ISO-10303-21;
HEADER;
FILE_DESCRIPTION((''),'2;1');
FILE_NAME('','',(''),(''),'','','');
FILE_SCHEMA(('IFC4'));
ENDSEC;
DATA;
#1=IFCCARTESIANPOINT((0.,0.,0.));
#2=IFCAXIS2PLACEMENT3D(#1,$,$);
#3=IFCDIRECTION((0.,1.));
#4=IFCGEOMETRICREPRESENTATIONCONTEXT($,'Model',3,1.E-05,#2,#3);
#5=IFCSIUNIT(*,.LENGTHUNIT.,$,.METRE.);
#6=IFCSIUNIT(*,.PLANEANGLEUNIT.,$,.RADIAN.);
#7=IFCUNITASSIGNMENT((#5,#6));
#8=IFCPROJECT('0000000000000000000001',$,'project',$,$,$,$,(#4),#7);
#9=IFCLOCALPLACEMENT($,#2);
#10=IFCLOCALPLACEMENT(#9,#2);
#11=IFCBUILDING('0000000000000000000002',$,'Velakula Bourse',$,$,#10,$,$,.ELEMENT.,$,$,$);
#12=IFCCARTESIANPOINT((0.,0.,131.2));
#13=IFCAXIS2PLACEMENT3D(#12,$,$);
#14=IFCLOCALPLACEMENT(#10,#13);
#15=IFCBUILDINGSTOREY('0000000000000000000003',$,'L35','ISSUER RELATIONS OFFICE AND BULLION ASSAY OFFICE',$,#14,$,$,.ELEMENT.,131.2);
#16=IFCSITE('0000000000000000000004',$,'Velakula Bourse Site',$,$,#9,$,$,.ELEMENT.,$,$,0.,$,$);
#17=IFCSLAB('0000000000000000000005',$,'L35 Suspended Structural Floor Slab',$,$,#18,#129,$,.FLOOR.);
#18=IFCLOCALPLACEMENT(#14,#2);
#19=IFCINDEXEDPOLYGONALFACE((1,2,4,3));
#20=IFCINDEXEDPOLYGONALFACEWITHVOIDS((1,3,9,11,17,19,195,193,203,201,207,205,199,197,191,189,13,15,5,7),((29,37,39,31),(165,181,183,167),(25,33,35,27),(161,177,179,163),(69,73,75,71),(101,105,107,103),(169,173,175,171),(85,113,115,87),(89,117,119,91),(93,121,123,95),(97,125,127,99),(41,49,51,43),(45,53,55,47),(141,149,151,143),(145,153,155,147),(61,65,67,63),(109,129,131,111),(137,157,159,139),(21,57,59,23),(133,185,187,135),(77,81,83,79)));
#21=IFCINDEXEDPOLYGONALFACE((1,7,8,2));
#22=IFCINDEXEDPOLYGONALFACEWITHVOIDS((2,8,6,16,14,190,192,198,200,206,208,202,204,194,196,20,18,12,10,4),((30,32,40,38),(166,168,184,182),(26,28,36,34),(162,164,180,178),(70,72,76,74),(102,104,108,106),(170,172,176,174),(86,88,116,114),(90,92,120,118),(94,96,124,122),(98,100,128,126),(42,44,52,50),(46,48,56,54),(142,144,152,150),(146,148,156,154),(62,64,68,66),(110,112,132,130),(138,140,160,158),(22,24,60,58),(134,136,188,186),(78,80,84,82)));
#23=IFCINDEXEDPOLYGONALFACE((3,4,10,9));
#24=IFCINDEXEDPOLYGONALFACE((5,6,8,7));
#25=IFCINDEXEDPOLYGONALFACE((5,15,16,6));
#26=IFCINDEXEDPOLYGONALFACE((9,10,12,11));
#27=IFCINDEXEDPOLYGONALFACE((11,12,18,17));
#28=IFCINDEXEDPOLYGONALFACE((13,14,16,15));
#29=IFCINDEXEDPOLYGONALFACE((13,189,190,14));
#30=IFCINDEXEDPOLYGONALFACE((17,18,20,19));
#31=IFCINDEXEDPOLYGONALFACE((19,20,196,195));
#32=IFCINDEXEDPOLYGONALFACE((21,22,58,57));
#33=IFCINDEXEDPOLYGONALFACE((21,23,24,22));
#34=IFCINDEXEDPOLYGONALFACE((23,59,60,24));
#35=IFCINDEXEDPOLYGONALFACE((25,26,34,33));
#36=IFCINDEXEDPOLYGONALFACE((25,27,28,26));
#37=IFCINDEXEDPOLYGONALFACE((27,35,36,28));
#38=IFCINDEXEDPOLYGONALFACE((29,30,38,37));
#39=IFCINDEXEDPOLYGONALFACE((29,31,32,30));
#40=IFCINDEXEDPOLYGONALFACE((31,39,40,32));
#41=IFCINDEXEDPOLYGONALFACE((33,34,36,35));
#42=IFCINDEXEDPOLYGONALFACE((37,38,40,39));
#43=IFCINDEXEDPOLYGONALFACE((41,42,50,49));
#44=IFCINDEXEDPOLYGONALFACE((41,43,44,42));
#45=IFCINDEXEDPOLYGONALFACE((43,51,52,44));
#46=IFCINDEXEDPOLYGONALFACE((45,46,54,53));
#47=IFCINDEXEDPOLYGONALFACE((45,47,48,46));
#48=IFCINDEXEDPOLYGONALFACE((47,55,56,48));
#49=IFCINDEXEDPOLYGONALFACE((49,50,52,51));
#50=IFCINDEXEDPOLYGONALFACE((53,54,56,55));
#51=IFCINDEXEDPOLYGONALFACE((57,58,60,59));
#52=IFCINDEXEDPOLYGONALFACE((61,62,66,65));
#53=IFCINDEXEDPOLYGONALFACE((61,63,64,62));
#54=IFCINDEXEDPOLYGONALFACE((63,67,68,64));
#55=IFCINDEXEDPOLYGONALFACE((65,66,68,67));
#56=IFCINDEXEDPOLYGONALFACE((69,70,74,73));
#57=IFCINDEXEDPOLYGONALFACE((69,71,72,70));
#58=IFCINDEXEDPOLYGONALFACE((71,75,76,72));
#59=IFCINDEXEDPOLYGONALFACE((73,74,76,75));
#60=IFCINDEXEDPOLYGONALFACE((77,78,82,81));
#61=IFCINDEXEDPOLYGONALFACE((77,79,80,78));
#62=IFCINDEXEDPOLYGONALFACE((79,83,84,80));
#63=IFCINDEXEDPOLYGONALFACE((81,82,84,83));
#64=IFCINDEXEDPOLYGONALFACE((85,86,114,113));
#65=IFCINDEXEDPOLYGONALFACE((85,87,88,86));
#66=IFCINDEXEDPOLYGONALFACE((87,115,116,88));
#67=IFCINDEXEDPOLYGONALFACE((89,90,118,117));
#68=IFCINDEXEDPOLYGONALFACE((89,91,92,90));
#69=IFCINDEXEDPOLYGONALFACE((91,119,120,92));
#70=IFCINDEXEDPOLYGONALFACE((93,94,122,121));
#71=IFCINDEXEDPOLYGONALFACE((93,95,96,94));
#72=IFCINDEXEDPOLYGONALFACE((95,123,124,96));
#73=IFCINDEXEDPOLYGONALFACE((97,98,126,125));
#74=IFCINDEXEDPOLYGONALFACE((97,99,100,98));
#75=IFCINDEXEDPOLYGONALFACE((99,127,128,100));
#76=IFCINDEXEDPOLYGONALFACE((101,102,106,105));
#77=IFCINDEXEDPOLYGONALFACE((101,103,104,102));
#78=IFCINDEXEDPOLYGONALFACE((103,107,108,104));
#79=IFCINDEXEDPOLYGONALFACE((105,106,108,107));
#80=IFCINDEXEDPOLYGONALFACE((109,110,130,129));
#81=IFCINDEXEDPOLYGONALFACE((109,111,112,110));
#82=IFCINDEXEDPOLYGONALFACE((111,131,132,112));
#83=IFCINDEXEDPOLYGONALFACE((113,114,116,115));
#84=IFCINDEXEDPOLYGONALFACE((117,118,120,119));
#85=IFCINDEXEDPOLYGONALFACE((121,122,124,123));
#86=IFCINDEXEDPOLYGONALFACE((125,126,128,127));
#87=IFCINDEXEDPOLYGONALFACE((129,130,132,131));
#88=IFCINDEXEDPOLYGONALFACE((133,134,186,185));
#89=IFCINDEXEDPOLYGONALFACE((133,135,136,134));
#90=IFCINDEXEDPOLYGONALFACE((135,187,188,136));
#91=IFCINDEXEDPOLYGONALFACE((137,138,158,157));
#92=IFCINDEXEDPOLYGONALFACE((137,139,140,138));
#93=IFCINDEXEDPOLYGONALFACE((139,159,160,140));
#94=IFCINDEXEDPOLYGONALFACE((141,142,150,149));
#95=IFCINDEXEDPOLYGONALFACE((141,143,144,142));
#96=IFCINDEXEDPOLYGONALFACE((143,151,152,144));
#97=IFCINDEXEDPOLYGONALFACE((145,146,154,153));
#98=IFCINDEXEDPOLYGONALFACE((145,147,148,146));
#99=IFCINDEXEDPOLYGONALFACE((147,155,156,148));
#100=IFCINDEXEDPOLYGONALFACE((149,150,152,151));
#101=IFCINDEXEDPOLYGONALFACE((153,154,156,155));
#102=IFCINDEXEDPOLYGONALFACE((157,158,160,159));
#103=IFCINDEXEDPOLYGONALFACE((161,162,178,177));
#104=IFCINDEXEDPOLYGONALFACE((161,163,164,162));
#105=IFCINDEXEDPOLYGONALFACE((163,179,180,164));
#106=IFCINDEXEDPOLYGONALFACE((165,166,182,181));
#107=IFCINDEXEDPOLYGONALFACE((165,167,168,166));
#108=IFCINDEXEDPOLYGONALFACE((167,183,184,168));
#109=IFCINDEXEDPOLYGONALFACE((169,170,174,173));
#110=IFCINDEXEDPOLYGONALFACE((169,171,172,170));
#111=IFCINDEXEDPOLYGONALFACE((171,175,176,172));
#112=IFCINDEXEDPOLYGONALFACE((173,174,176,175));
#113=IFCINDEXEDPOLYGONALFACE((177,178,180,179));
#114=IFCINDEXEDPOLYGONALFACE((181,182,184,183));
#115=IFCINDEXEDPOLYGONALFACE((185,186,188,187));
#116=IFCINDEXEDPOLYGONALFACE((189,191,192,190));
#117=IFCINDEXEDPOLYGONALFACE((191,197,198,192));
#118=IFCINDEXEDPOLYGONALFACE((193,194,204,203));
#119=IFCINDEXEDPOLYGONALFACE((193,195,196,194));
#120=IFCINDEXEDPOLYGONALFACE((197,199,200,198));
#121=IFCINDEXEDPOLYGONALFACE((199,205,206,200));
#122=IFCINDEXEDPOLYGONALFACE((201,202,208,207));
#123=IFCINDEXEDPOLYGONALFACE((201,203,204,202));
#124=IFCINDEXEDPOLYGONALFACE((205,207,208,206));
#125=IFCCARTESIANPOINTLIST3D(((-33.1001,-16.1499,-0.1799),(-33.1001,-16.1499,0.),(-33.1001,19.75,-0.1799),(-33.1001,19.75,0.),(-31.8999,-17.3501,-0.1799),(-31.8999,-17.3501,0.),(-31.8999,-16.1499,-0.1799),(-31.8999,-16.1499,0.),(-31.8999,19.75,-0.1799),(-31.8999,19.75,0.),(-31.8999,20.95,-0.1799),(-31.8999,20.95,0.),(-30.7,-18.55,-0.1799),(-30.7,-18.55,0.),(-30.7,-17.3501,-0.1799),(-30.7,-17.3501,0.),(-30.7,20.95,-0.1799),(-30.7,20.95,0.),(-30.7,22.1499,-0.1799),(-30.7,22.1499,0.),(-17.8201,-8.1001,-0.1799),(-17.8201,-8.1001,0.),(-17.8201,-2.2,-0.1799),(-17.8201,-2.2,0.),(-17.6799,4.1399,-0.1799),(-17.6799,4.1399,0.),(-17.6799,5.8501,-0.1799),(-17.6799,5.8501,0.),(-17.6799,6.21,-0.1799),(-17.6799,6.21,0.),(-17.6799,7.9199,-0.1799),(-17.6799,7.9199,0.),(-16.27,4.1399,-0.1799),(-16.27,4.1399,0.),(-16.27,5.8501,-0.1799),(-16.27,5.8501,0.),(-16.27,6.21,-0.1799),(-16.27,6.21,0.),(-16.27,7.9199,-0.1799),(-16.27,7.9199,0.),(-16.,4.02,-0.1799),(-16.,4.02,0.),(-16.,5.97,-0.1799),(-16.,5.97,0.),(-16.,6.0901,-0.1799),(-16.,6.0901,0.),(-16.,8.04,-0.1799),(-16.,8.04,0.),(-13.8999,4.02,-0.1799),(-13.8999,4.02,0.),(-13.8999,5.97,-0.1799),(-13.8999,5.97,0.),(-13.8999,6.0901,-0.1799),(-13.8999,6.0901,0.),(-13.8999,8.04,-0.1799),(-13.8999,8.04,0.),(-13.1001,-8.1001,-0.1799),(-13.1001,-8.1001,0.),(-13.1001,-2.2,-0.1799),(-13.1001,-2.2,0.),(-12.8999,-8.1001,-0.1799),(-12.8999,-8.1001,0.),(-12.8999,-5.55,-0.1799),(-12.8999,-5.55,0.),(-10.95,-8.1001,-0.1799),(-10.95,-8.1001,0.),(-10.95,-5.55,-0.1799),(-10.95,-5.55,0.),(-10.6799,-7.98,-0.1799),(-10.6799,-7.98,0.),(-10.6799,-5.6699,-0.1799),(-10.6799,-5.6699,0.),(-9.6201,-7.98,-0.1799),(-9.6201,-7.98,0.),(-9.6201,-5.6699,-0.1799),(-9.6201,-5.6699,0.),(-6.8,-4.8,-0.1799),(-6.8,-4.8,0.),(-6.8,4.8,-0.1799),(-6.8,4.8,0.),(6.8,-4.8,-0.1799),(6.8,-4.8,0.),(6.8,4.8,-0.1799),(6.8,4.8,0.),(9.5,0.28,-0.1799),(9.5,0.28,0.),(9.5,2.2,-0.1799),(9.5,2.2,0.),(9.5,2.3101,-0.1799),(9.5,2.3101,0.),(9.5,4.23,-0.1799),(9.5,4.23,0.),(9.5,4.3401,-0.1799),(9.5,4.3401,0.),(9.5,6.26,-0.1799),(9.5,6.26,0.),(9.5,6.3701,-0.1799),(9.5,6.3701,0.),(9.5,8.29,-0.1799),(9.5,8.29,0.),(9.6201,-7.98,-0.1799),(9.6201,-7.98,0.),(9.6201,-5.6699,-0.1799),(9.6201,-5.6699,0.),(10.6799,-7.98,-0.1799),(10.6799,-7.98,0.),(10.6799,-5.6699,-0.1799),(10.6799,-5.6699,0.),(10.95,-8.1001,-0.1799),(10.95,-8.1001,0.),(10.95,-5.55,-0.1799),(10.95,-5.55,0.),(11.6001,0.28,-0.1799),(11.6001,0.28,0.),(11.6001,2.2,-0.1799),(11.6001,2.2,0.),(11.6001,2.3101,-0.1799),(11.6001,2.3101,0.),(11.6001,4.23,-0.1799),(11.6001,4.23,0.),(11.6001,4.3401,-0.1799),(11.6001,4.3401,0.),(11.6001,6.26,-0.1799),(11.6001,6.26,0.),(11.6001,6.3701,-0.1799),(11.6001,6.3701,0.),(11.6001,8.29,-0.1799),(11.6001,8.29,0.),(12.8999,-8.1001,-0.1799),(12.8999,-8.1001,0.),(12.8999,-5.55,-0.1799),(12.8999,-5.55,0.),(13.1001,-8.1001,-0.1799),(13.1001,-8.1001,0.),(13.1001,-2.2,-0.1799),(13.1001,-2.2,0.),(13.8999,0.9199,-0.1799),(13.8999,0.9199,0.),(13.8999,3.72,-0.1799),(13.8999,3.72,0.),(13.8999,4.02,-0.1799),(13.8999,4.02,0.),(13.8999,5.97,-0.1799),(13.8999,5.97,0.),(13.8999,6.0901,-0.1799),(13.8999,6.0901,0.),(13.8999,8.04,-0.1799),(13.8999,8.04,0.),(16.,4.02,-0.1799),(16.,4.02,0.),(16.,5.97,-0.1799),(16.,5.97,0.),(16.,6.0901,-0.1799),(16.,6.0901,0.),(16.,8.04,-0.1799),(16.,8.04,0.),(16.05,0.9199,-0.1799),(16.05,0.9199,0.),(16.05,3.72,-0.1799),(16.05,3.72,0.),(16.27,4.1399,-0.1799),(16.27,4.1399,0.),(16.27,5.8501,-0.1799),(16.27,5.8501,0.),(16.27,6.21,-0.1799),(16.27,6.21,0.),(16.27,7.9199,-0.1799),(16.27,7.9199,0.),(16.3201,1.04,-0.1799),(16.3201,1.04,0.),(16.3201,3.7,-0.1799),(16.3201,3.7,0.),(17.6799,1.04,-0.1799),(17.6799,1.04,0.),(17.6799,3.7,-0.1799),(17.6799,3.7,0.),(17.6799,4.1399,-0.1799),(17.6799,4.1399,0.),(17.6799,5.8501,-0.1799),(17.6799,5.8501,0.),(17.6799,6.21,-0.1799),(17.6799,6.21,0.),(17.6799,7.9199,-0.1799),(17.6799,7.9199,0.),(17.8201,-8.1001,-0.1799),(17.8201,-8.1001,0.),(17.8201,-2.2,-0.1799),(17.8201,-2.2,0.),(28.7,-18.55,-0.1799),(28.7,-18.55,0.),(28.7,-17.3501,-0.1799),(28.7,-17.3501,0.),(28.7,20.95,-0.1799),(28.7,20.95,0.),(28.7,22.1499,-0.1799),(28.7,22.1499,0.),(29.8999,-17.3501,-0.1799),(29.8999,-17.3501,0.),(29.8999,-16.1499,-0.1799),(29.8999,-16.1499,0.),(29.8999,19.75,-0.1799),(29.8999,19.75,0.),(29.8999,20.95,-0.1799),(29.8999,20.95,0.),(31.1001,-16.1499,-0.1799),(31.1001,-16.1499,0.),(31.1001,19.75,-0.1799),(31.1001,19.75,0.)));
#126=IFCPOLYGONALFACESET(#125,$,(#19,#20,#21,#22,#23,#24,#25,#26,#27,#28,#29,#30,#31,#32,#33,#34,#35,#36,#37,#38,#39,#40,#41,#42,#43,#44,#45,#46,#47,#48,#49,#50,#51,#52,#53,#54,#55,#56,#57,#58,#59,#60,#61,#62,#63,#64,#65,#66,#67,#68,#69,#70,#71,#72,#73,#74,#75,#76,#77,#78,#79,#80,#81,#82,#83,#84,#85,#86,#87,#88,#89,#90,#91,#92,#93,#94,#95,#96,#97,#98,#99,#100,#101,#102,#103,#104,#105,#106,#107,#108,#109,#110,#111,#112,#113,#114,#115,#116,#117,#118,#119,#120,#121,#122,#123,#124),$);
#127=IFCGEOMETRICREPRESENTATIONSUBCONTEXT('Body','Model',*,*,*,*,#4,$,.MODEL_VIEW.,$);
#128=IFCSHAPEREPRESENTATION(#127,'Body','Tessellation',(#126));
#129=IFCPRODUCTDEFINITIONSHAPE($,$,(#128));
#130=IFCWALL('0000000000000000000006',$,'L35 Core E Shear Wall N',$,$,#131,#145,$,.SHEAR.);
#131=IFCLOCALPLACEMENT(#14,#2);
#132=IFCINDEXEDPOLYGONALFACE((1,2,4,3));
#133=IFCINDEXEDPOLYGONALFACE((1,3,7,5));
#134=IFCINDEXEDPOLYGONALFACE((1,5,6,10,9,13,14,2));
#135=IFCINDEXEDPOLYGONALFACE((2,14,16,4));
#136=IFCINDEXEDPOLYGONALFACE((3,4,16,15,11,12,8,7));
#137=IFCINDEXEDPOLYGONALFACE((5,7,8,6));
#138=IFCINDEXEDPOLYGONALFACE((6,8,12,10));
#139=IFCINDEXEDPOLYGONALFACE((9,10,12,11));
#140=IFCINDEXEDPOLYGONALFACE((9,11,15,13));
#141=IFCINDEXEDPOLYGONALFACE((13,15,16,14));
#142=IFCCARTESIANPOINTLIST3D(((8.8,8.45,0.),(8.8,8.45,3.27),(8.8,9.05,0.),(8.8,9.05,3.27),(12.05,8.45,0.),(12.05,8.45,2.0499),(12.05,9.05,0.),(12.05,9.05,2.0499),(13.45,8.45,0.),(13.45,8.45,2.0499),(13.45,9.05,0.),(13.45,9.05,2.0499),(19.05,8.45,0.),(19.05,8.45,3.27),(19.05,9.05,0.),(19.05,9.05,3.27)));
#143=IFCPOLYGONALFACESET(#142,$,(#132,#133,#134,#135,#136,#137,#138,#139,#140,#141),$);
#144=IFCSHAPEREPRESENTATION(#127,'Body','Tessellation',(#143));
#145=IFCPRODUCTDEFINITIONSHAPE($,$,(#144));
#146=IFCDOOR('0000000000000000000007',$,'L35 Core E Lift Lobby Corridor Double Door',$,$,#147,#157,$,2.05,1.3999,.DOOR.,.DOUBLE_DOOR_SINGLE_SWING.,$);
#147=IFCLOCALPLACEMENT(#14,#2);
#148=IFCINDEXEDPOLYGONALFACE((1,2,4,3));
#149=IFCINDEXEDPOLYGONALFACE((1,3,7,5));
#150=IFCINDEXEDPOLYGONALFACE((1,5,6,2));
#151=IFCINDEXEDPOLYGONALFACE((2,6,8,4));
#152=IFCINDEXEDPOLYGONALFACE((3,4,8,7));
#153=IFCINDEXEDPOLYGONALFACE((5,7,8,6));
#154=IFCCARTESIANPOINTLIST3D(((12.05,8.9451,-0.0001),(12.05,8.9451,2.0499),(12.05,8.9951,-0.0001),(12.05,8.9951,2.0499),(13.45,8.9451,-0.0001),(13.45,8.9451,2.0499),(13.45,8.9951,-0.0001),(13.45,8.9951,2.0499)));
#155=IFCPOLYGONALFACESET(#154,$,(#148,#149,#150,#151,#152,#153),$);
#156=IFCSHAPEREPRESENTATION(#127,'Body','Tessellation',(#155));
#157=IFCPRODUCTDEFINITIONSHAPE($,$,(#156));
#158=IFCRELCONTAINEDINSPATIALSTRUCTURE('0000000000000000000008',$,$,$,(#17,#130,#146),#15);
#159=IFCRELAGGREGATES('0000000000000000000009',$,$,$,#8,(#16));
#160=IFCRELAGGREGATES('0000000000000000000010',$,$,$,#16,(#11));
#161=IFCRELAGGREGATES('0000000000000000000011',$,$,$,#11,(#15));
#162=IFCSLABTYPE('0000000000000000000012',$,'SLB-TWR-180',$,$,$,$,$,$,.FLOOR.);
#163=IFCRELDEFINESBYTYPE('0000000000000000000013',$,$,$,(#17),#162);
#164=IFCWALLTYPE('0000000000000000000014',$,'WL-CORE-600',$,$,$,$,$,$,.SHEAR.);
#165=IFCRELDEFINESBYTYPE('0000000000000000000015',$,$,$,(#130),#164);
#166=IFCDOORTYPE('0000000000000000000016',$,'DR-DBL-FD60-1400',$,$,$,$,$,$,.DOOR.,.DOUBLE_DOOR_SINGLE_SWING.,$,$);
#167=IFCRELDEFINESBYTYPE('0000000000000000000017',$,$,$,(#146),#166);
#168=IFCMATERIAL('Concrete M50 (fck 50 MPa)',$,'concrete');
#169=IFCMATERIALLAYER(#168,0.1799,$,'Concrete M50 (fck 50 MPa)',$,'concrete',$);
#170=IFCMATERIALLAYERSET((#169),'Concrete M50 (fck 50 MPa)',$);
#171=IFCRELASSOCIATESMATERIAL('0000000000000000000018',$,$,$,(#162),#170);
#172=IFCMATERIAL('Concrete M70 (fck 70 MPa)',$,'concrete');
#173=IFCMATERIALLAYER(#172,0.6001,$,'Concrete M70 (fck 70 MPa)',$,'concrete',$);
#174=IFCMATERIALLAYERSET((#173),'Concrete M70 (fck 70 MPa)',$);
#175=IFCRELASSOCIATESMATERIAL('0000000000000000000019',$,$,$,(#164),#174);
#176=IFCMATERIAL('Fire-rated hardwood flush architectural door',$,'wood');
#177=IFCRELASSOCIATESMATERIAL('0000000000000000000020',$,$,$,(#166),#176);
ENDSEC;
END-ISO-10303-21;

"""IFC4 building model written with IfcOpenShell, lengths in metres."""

from ifc_helpers import new_model, si_unit, direction, frame, frame_2d, origin, place, context, subcontext, project, spatial, polyline, rectangle, outline, extrude, material, layer, layer_set, type_object, element, fill, save


model = new_model("IFC4")

# Units and contexts
model_context = context("Model", 3, precision=1e-05, world=origin(), true_north=direction((0.0, 1.0)))
body_context = subcontext(model_context, "Body", "Model", "MODEL_VIEW")
ifc_project = project(units=[si_unit("LENGTHUNIT", "METRE"), si_unit("PLANEANGLEUNIT", "RADIAN")], contexts=[model_context])

# Site, building, storey
site_placement = place(None, origin())
site = spatial("IfcSite", under=ifc_project, at=site_placement, Name="Velakula Bourse Site", CompositionType="ELEMENT", RefElevation=0.0)
building_placement = place(site_placement, origin())
building = spatial("IfcBuilding", under=site, at=building_placement, Name="Velakula Bourse", CompositionType="ELEMENT")
storey_placement = place(building_placement, frame((0.0, 0.0, 131.2)))
storey = spatial("IfcBuildingStorey", under=building, at=storey_placement, Name="L35", Description="ISSUER RELATIONS OFFICE AND BULLION ASSAY OFFICE", CompositionType="ELEMENT", Elevation=131.2)

# Shared definitions
ifc_material_1 = material(Name="Concrete M70 (fck 70 MPa)", Category="concrete")

# Slab
ifc_material_2 = material(Name="Concrete M50 (fck 50 MPa)", Category="concrete")
ifc_layer_1 = layer(ifc_material_2, 0.1799, Name="Concrete M50 (fck 50 MPa)", Category="concrete")
ifc_layer_set_1 = layer_set([ifc_layer_1], Name="Concrete M50 (fck 50 MPa)")
slab_type_1 = type_object("IfcSlabType", Name="SLB-TWR-180", PredefinedType="FLOOR", material=ifc_layer_set_1)
slab_1_placement = place(storey_placement, frame((0.0, 0.0, -0.1799)))
element("IfcSlab", 1, at=slab_1_placement, inside=storey, type_object=slab_type_1, Name="L35 Suspended Structural Floor Slab", PredefinedType="FLOOR", context=body_context, shape_type="SweptSolid", body=[
    extrude(outline(polyline([(-30.7, -18.55), (28.7, -18.55), (28.7, -17.3501), (29.8999, -17.3501), (29.8999, -16.1499), (31.1001, -16.1499), (31.1001, 19.75), (29.8999, 19.75), (29.8999, 20.95), (28.7, 20.95), (28.7, 22.1499), (-30.7, 22.1499), (-30.7, 20.95), (-31.8999, 20.95), (-31.8999, 19.75), (-33.1001, 19.75), (-33.1001, -16.1499), (-31.8999, -16.1499), (-31.8999, -17.3501), (-30.7, -17.3501), (-30.7, -18.55)]), holes=[polyline([(-17.8201, -8.1001), (-13.1001, -8.1001), (-13.1001, -2.2), (-17.8201, -2.2), (-17.8201, -8.1001)]), polyline([(13.1001, -8.1001), (17.8201, -8.1001), (17.8201, -2.2), (13.1001, -2.2), (13.1001, -8.1001)]), polyline([(-12.8999, -8.1001), (-10.95, -8.1001), (-10.95, -5.55), (-12.8999, -5.55), (-12.8999, -8.1001)]), polyline([(10.95, -8.1001), (12.8999, -8.1001), (12.8999, -5.55), (10.95, -5.55), (10.95, -8.1001)]), polyline([(13.8999, 0.9199), (16.05, 0.9199), (16.05, 3.72), (13.8999, 3.72), (13.8999, 0.9199)]), polyline([(-10.6799, -7.98), (-9.6201, -7.98), (-9.6201, -5.6699), (-10.6799, -5.6699), (-10.6799, -7.98)]), polyline([(-17.6799, 4.1399), (-16.27, 4.1399), (-16.27, 5.8501), (-17.6799, 5.8501), (-17.6799, 4.1399)]), polyline([(-17.6799, 6.21), (-16.27, 6.21), (-16.27, 7.9199), (-17.6799, 7.9199), (-17.6799, 6.21)]), polyline([(9.6201, -7.98), (10.6799, -7.98), (10.6799, -5.6699), (9.6201, -5.6699), (9.6201, -7.98)]), polyline([(16.27, 4.1399), (17.6799, 4.1399), (17.6799, 5.8501), (16.27, 5.8501), (16.27, 4.1399)]), polyline([(16.27, 6.21), (17.6799, 6.21), (17.6799, 7.9199), (16.27, 7.9199), (16.27, 6.21)]), polyline([(16.3201, 1.04), (17.6799, 1.04), (17.6799, 3.7), (16.3201, 3.7), (16.3201, 1.04)]), polyline([(9.5, 0.28), (11.6001, 0.28), (11.6001, 2.2), (9.5, 2.2), (9.5, 0.28)]), polyline([(9.5, 2.3101), (11.6001, 2.3101), (11.6001, 4.23), (9.5, 4.23), (9.5, 2.3101)]), polyline([(9.5, 4.3401), (11.6001, 4.3401), (11.6001, 6.26), (9.5, 6.26), (9.5, 4.3401)]), polyline([(9.5, 6.3701), (11.6001, 6.3701), (11.6001, 8.29), (9.5, 8.29), (9.5, 6.3701)]), polyline([(-16.0, 4.02), (-13.8999, 4.02), (-13.8999, 5.97), (-16.0, 5.97), (-16.0, 4.02)]), polyline([(-16.0, 6.0901), (-13.8999, 6.0901), (-13.8999, 8.04), (-16.0, 8.04), (-16.0, 6.0901)]), polyline([(13.8999, 4.02), (16.0, 4.02), (16.0, 5.97), (13.8999, 5.97), (13.8999, 4.02)]), polyline([(13.8999, 6.0901), (16.0, 6.0901), (16.0, 8.04), (13.8999, 8.04), (13.8999, 6.0901)]), polyline([(-6.8, -4.8), (6.8, -4.8), (6.8, 4.8), (-6.8, 4.8), (-6.8, -4.8)])]), origin(), (0.0, 0.0, 1.0), 0.1799),
])

# Wall, opening, door
ifc_layer_2 = layer(ifc_material_1, 0.6001, Name="Concrete M70 (fck 70 MPa)", Category="concrete")
ifc_layer_set_2 = layer_set([ifc_layer_2], Name="Concrete M70 (fck 70 MPa)")
wall_type_1 = type_object("IfcWallType", Name="WL-CORE-600", PredefinedType="SHEAR", material=ifc_layer_set_2)
wall_1_placement = place(storey_placement, frame((8.8, 8.75, 0.0), z_axis=(0.0, 0.0, 1.0), x_axis=(1.0, 0.0, 0.0)))
wall_1 = element("IfcWall", 2, at=wall_1_placement, inside=storey, type_object=wall_type_1, Name="L35 Core E Shear Wall N", PredefinedType="SHEAR", context=body_context, shape_type="SweptSolid", body=[
    extrude(rectangle(XDim=10.25, YDim=0.6001, at=frame_2d((5.125, 0.0))), origin(), (0.0, 0.0, 1.0), 3.27),
])
opening_1_placement = place(wall_1_placement, frame((3.25, 0.0, 0.0)))
opening_1 = element("IfcOpeningElement", 3, at=opening_1_placement, cuts=wall_1, PredefinedType="OPENING", context=body_context, shape_type="SweptSolid", body=[
    extrude(rectangle(XDim=1.3999, YDim=2.05, at=frame_2d((0.7, 1.0249))), frame((0.0, 0.3101, 0.0), z_axis=(0.0, -1.0, 0.0), x_axis=(1.0, 0.0, 0.0)), (0.0, 0.0, 1.0), 0.6201),
])
ifc_material_3 = material(Name="Fire-rated hardwood flush architectural door", Category="wood")
door_type = type_object("IfcDoorType", Name="DR-DBL-FD60-1400", OperationType="DOUBLE_DOOR_SINGLE_SWING", PredefinedType="DOOR", material=ifc_material_3)
door_placement = place(opening_1_placement, origin())
door = element("IfcDoor", 4, at=door_placement, inside=storey, type_object=door_type, Name="L35 Core E Lift Lobby Corridor Double Door", OperationType="DOUBLE_DOOR_SINGLE_SWING", OverallHeight=2.05, OverallWidth=1.3999, PredefinedType="DOOR", context=body_context, shape_type="SweptSolid", body=[
    extrude(rectangle(XDim=1.3999, YDim=2.05, at=frame_2d((0.7, 1.0249))), frame((0.0, 0.2451, 0.0), z_axis=(0.0, -1.0, 0.0), x_axis=(1.0, 0.0, 0.0)), (0.0, 0.0, 1.0), 0.05),
])
fill(opening_1, door)

save(model, "model.ifc")
